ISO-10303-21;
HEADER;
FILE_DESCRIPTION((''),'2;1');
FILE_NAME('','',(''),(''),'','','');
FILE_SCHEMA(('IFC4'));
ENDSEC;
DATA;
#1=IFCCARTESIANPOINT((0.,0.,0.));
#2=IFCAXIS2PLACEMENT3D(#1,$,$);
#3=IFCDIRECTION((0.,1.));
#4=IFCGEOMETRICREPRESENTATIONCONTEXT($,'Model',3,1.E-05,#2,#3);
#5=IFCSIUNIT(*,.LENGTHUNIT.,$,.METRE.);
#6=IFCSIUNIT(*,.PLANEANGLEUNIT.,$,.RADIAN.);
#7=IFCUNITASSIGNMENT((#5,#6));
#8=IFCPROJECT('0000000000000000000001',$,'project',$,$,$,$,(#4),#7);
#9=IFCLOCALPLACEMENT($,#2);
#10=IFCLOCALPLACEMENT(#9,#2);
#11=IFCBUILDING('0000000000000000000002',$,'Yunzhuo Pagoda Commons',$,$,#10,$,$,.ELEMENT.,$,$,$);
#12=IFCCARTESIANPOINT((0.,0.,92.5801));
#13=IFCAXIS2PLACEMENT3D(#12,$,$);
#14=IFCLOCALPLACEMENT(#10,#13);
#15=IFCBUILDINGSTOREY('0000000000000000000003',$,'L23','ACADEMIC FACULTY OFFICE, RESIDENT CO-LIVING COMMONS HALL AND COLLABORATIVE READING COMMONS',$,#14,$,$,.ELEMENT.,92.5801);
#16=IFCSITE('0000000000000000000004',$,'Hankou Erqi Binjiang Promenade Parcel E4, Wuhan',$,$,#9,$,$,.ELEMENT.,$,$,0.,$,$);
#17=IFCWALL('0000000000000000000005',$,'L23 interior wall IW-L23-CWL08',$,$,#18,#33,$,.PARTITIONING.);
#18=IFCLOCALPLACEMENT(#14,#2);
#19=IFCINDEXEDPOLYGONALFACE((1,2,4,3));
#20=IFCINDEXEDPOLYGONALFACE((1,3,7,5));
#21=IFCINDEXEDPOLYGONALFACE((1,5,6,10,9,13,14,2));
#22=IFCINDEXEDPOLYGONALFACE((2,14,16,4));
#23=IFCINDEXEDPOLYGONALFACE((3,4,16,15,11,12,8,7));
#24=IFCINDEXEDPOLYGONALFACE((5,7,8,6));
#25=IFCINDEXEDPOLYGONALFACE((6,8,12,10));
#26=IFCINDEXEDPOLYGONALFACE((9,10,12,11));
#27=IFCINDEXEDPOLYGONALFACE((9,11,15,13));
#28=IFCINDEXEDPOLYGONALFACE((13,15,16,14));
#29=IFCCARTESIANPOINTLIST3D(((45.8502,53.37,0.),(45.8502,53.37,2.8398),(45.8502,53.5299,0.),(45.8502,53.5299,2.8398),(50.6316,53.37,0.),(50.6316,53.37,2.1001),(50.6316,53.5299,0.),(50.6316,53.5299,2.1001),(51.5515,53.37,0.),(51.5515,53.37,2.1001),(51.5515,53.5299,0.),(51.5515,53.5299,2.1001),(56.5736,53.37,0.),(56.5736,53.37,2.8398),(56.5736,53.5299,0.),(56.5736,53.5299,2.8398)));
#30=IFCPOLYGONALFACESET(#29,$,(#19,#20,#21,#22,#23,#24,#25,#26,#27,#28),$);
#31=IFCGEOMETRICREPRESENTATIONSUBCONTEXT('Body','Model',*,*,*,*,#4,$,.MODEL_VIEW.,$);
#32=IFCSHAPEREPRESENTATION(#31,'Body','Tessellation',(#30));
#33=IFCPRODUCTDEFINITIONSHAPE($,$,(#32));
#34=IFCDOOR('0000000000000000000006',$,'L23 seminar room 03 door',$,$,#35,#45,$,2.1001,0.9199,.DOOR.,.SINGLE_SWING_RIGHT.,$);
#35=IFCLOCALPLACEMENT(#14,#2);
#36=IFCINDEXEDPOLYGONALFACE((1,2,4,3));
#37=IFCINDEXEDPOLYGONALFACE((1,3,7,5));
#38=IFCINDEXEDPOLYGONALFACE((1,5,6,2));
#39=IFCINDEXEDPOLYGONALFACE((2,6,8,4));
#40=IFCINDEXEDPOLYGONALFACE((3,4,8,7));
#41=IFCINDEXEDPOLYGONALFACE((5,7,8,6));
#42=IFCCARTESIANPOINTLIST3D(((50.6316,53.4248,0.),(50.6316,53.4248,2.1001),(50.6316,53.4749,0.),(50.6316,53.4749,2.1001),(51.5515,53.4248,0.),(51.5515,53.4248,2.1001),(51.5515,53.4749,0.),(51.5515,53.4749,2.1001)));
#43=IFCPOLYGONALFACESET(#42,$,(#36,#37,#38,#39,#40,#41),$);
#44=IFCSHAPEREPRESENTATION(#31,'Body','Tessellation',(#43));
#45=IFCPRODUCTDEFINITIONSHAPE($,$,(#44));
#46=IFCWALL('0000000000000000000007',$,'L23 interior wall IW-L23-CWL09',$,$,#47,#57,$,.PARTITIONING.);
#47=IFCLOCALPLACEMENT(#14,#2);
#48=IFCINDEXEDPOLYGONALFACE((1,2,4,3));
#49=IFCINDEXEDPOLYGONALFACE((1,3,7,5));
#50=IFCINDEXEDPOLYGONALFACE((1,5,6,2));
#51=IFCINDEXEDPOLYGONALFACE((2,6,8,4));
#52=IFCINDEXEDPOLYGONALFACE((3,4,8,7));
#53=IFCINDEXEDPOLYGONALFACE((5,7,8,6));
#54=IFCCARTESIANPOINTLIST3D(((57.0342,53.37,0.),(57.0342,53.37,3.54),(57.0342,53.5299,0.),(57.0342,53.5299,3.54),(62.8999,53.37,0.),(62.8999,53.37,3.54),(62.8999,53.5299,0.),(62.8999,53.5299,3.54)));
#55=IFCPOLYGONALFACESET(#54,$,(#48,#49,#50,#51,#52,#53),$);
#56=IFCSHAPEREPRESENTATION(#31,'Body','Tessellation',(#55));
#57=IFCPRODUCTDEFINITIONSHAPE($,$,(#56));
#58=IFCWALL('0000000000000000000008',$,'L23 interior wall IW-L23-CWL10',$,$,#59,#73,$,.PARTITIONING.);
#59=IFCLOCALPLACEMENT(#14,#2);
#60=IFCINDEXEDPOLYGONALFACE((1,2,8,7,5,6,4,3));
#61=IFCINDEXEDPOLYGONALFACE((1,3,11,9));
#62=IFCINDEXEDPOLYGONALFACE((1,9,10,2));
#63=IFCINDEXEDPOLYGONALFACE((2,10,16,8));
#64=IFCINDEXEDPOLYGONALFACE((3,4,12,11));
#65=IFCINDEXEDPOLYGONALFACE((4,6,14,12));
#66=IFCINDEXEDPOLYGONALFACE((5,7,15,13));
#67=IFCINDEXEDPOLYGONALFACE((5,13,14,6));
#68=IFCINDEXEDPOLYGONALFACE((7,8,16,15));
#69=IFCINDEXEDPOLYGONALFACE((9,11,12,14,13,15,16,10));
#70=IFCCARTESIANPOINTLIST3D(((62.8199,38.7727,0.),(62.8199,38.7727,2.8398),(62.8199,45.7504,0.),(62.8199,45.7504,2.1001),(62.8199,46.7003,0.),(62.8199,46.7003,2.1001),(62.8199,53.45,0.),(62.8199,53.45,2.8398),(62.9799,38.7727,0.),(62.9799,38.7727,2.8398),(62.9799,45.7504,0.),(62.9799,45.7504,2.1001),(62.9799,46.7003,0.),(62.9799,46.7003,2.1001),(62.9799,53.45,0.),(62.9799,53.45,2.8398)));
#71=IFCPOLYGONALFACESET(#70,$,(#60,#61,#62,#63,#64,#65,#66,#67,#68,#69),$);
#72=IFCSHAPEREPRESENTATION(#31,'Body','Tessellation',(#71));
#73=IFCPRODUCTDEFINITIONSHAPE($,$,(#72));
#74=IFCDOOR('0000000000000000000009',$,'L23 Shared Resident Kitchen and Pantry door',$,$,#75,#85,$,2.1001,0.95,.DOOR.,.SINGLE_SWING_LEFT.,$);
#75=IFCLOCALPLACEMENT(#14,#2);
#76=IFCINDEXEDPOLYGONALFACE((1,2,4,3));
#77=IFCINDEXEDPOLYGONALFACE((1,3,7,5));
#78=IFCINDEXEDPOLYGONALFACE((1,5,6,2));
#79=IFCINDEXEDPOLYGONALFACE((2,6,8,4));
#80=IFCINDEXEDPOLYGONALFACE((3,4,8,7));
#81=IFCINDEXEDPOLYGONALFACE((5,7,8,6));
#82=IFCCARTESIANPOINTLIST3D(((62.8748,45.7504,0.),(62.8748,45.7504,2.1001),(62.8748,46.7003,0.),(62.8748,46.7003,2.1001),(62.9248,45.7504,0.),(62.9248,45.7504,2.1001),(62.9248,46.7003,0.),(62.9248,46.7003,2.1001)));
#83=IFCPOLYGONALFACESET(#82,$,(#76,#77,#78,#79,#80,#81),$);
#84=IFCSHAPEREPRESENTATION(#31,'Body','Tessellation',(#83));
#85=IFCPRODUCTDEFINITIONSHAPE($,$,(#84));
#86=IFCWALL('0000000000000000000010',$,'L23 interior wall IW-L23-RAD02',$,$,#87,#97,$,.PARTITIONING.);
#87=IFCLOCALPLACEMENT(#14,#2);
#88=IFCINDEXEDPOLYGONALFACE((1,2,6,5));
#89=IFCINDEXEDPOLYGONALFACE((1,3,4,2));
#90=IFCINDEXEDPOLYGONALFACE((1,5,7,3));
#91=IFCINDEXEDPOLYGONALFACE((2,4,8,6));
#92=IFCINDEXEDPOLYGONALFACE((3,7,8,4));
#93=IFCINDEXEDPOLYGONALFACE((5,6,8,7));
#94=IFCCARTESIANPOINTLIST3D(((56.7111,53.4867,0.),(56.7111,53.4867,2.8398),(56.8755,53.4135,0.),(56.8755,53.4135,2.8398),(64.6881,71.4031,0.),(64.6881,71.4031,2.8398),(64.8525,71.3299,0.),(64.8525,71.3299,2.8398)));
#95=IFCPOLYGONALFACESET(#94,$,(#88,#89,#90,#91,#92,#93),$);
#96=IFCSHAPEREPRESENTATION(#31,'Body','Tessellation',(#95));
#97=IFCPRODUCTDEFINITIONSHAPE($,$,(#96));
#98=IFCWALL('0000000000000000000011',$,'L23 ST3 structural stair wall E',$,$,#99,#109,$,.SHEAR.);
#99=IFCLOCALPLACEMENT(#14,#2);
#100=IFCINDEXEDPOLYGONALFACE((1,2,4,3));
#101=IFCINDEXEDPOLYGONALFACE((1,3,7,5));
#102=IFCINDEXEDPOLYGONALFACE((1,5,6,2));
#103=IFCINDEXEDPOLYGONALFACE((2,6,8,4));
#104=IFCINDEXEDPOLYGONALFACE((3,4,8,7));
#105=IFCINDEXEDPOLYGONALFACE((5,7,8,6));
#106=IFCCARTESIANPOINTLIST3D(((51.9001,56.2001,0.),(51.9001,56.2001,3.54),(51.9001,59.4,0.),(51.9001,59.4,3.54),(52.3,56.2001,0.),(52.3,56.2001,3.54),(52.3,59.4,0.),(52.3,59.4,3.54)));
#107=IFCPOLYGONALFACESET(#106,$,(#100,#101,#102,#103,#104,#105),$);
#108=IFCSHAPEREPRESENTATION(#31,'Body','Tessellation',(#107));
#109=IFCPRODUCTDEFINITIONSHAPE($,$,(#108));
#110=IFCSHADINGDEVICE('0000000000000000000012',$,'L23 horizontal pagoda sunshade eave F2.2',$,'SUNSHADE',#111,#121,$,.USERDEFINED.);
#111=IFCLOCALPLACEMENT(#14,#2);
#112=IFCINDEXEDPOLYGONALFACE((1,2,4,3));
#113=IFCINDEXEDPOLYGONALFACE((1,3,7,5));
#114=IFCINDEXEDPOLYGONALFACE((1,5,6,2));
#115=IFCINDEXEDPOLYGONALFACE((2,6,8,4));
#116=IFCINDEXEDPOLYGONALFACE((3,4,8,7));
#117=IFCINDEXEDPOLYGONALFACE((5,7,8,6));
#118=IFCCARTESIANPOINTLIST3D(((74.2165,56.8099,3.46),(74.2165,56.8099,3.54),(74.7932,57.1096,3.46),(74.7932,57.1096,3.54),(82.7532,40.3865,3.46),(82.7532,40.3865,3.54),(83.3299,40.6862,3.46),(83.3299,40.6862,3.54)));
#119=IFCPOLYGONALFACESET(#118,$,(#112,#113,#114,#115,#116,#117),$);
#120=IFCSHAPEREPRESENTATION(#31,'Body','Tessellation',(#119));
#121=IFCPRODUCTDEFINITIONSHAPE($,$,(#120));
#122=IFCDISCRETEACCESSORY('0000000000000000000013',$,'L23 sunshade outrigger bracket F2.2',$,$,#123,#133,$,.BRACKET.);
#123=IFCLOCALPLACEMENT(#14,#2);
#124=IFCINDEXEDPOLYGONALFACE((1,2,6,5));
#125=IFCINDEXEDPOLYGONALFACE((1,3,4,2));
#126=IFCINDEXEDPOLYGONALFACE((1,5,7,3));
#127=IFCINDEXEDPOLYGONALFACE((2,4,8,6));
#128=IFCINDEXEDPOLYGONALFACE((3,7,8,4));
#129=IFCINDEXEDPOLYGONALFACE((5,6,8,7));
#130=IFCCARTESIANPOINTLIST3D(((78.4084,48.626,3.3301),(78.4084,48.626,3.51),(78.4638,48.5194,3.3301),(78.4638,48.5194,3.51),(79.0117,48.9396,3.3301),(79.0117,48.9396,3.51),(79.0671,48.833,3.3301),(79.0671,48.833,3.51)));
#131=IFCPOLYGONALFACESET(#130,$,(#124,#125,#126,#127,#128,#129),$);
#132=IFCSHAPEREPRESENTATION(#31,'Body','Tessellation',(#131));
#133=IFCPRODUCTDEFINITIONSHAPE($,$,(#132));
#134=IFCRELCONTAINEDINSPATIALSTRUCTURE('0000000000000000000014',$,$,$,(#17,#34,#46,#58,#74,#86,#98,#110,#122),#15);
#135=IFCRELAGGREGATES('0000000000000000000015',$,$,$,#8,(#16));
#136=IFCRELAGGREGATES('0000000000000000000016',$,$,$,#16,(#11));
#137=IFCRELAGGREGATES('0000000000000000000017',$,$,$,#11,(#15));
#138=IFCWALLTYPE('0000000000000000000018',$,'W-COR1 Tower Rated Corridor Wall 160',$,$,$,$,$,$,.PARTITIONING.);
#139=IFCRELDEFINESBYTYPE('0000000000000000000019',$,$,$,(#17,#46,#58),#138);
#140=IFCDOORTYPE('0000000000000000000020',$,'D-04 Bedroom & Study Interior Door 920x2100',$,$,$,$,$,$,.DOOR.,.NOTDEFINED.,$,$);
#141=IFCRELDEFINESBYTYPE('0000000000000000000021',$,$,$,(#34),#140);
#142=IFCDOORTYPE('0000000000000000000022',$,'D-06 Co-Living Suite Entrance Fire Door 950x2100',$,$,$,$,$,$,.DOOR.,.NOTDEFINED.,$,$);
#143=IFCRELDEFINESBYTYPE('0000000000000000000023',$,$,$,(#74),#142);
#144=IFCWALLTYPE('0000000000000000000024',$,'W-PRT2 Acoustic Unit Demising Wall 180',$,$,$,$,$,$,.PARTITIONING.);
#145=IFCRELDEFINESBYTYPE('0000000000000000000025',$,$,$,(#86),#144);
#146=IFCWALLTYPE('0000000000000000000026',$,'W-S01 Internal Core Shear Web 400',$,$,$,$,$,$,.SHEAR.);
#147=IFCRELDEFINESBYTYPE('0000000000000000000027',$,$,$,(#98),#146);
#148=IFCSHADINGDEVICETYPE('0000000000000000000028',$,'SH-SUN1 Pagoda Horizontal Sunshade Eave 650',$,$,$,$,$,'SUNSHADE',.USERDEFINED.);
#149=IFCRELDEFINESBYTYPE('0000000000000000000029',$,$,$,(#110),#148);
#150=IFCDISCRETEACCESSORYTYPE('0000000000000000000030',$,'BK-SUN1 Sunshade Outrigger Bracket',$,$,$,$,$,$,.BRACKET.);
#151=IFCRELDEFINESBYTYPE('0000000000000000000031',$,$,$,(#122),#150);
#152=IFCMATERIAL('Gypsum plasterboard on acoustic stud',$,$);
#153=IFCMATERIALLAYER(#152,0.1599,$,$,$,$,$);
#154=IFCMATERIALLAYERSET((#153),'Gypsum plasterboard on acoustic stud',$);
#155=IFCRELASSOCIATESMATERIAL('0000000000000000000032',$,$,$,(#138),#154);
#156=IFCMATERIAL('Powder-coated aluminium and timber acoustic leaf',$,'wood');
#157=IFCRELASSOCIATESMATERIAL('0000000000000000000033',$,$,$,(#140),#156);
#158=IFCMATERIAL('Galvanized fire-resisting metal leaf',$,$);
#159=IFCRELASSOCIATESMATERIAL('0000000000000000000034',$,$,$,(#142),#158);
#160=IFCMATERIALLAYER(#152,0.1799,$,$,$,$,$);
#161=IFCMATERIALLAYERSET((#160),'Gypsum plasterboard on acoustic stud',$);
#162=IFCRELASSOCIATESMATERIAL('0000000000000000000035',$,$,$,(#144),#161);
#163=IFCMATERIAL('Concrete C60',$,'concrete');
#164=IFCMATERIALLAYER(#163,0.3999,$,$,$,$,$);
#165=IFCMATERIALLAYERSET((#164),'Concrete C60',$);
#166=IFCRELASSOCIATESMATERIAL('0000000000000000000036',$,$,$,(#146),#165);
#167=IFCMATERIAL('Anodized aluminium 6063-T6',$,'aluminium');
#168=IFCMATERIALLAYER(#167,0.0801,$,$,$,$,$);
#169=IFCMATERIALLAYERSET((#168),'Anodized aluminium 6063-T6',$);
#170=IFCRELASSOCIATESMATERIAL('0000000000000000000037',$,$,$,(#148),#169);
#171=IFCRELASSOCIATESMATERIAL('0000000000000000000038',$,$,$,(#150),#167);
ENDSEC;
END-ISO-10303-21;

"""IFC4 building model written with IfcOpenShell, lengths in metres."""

from ifc_helpers import new_model, si_unit, direction, frame, frame_2d, origin, origin_with_axes, origin_2d, place, context, subcontext, project, spatial, rectangle, extrude, source, transform, mapped, material, layer, layer_set, type_object, element, fill, save


model = new_model("IFC4")

# Units and contexts
model_context = context("Model", 3, precision=1e-05, world=origin(), true_north=direction((0.0, 1.0)))
body_context = subcontext(model_context, "Body", "Model", "MODEL_VIEW")
ifc_project = project(units=[si_unit("LENGTHUNIT", "METRE"), si_unit("PLANEANGLEUNIT", "RADIAN")], contexts=[model_context])

# Site, building, storey
site_placement = place(None, origin())
site = spatial("IfcSite", under=ifc_project, at=site_placement, Name="Hankou Erqi Binjiang Promenade Parcel E4, Wuhan", CompositionType="ELEMENT", RefElevation=0.0)
building_placement = place(site_placement, origin())
building = spatial("IfcBuilding", under=site, at=building_placement, Name="Yunzhuo Pagoda Commons", CompositionType="ELEMENT")
storey_placement = place(building_placement, frame((0.0, 0.0, 92.5801)))
storey = spatial("IfcBuildingStorey", under=building, at=storey_placement, Name="L23", Description="ACADEMIC FACULTY OFFICE, RESIDENT CO-LIVING COMMONS HALL AND COLLABORATIVE READING COMMONS", CompositionType="ELEMENT", Elevation=92.5801)

# Shared definitions
ifc_material_1 = material(Name="Anodized aluminium 6063-T6", Category="aluminium")

# Shared definitions
ifc_material_2 = material(Name="Gypsum plasterboard on acoustic stud")
ifc_layer_1 = layer(ifc_material_2, 0.1599)
ifc_layer_set_1 = layer_set([ifc_layer_1], Name="Gypsum plasterboard on acoustic stud")
wall_type_1 = type_object("IfcWallType", Name="W-COR1 Tower Rated Corridor Wall 160", PredefinedType="PARTITIONING", material=ifc_layer_set_1)

# Wall, opening, door
wall_1_placement = place(storey_placement, frame((45.8501, 53.45, 0.0), z_axis=(0.0, 0.0, 1.0), x_axis=(1.0, 0.0, 0.0)))
wall_1 = element("IfcWall", 1, at=wall_1_placement, inside=storey, type_object=wall_type_1, Name="L23 interior wall IW-L23-CWL08", PredefinedType="PARTITIONING", context=body_context, shape_type="SweptSolid", body=[
    extrude(rectangle(XDim=10.7234, YDim=0.1599, at=frame_2d((5.3618, 0.0))), origin(), (0.0, 0.0, 1.0), 2.8398),
])
opening_1_placement = place(wall_1_placement, frame((4.7815, 0.0, 0.0)))
opening_1 = element("IfcOpeningElement", 2, at=opening_1_placement, cuts=wall_1, PredefinedType="OPENING", context=body_context, shape_type="SweptSolid", body=[
    extrude(rectangle(XDim=0.9199, YDim=2.1001, at=frame_2d((0.46, 1.05))), frame((0.0, 0.0898, 0.0), z_axis=(0.0, -1.0, 0.0), x_axis=(1.0, 0.0, 0.0)), (0.0, 0.0, 1.0), 0.1799),
])
ifc_material_3 = material(Name="Powder-coated aluminium and timber acoustic leaf", Category="wood")
door_type_1 = type_object("IfcDoorType", Name="D-04 Bedroom & Study Interior Door 920x2100", OperationType="NOTDEFINED", PredefinedType="DOOR", material=ifc_material_3)
shared_shape_1 = source(origin(), body_context, "Body", "SweptSolid", [
    extrude(rectangle(XDim=0.9199, YDim=2.1001, at=frame_2d((0.46, 1.05))), frame((0.0, 0.0249, 0.0), z_axis=(0.0, -1.0, 0.0), x_axis=(1.0, 0.0, 0.0)), (0.0, 0.0, 1.0), 0.05),
])
door_1_placement = place(opening_1_placement, origin_with_axes())
door_1 = element("IfcDoor", 3, at=door_1_placement, inside=storey, type_object=door_type_1, Name="L23 seminar room 03 door", OperationType="SINGLE_SWING_RIGHT", OverallHeight=2.1001, OverallWidth=0.9199, PredefinedType="DOOR", context=body_context, shape_type="MappedRepresentation", body=[
    mapped(shared_shape_1, transform((0.0, 0.0, 0.0), scale=1.0)),
])
fill(opening_1, door_1)

# Wall
wall_2_placement = place(storey_placement, frame((57.0342, 53.45, 0.0), z_axis=(0.0, 0.0, 1.0), x_axis=(1.0, 0.0, 0.0)))
element("IfcWall", 4, at=wall_2_placement, inside=storey, type_object=wall_type_1, Name="L23 interior wall IW-L23-CWL09", PredefinedType="PARTITIONING", context=body_context, shape_type="SweptSolid", body=[
    extrude(rectangle(XDim=5.8657, YDim=0.1599, at=frame_2d((2.9329, 0.0))), origin(), (0.0, 0.0, 1.0), 3.54),
])

# Wall, opening, door
wall_3_placement = place(storey_placement, frame((62.8999, 53.45, 0.0), z_axis=(0.0, 0.0, 1.0), x_axis=(0.0, -1.0, 0.0)))
wall_3 = element("IfcWall", 5, at=wall_3_placement, inside=storey, type_object=wall_type_1, Name="L23 interior wall IW-L23-CWL10", PredefinedType="PARTITIONING", context=body_context, shape_type="SweptSolid", body=[
    extrude(rectangle(XDim=14.6772, YDim=0.1599, at=frame_2d((7.3386, 0.0))), origin(), (0.0, 0.0, 1.0), 2.8398),
])
opening_2_placement = place(wall_3_placement, frame((6.7495, 0.0, 0.0)))
opening_2 = element("IfcOpeningElement", 6, at=opening_2_placement, cuts=wall_3, PredefinedType="OPENING", context=body_context, shape_type="SweptSolid", body=[
    extrude(rectangle(XDim=0.95, YDim=2.1001, at=frame_2d((0.4751, 1.05))), frame((0.0, 0.0898, 0.0), z_axis=(0.0, -1.0, 0.0), x_axis=(1.0, 0.0, 0.0)), (0.0, 0.0, 1.0), 0.1799),
])
ifc_material_4 = material(Name="Galvanized fire-resisting metal leaf")
door_type_2 = type_object("IfcDoorType", Name="D-06 Co-Living Suite Entrance Fire Door 950x2100", OperationType="NOTDEFINED", PredefinedType="DOOR", material=ifc_material_4)
shared_shape_2 = source(origin(), body_context, "Body", "SweptSolid", [
    extrude(rectangle(XDim=0.95, YDim=2.1001, at=frame_2d((0.4751, 1.05))), frame((0.0, 0.0249, 0.0), z_axis=(0.0, -1.0, 0.0), x_axis=(1.0, 0.0, 0.0)), (0.0, 0.0, 1.0), 0.05),
])
door_2_placement = place(opening_2_placement, origin_with_axes())
door_2 = element("IfcDoor", 7, at=door_2_placement, inside=storey, type_object=door_type_2, Name="L23 Shared Resident Kitchen and Pantry door", OperationType="SINGLE_SWING_LEFT", OverallHeight=2.1001, OverallWidth=0.95, PredefinedType="DOOR", context=body_context, shape_type="MappedRepresentation", body=[
    mapped(shared_shape_2, transform((0.0, 0.0, 0.0), scale=1.0)),
])
fill(opening_2, door_2)

# Walls
ifc_layer_2 = layer(ifc_material_2, 0.1799)
ifc_layer_set_2 = layer_set([ifc_layer_2], Name="Gypsum plasterboard on acoustic stud")
wall_type_2 = type_object("IfcWallType", Name="W-PRT2 Acoustic Unit Demising Wall 180", PredefinedType="PARTITIONING", material=ifc_layer_set_2)
wall_4_placement = place(storey_placement, frame((56.7932, 53.45, 0.0), z_axis=(0.0, 0.0, 1.0), x_axis=(0.406741, 0.913543, 0.0)))
element("IfcWall", 8, at=wall_4_placement, inside=storey, type_object=wall_type_2, Name="L23 interior wall IW-L23-RAD02", PredefinedType="PARTITIONING", context=body_context, shape_type="SweptSolid", body=[
    extrude(rectangle(XDim=19.6121, YDim=0.1799, at=frame_2d((9.8062, 0.0))), origin(), (0.0, 0.0, 1.0), 2.8398),
])
ifc_material_5 = material(Name="Concrete C60", Category="concrete")
ifc_layer_3 = layer(ifc_material_5, 0.3999)
ifc_layer_set_3 = layer_set([ifc_layer_3], Name="Concrete C60")
wall_type_3 = type_object("IfcWallType", Name="W-S01 Internal Core Shear Web 400", PredefinedType="SHEAR", material=ifc_layer_set_3)
wall_5_placement = place(storey_placement, frame((52.1001, 56.2, 0.0), z_axis=(0.0, 0.0, 1.0), x_axis=(0.0, 1.0, 0.0)))
element("IfcWall", 9, at=wall_5_placement, inside=storey, type_object=wall_type_3, Name="L23 ST3 structural stair wall E", PredefinedType="SHEAR", context=body_context, shape_type="SweptSolid", body=[
    extrude(rectangle(XDim=3.2, YDim=0.3999, at=frame_2d((1.6001, 0.0))), origin(), (0.0, 0.0, 1.0), 3.54),
])

# Shading device
ifc_layer_4 = layer(ifc_material_1, 0.0801)
ifc_layer_set_4 = layer_set([ifc_layer_4], Name="Anodized aluminium 6063-T6")
shading_device_type = type_object("IfcShadingDeviceType", Name="SH-SUN1 Pagoda Horizontal Sunshade Eave 650", ElementType="SUNSHADE", PredefinedType="USERDEFINED", material=ifc_layer_set_4)
shared_shape_3 = source(origin(), body_context, "Body", "SweptSolid", [
    extrude(rectangle(XDim=18.5095, YDim=0.6499, at=origin_2d()), origin(), (0.0, 0.0, 1.0), 0.0801),
])
shading_device_placement = place(storey_placement, frame((78.7732, 48.748, 3.46), z_axis=(0.0, 0.0, 1.0), x_axis=(-0.461207, 0.887293, 0.0)))
element("IfcShadingDevice", 10, at=shading_device_placement, inside=storey, type_object=shading_device_type, Name="L23 horizontal pagoda sunshade eave F2.2", ObjectType="SUNSHADE", PredefinedType="USERDEFINED", context=body_context, shape_type="MappedRepresentation", body=[
    mapped(shared_shape_3, transform((0.0, 0.0, 0.0), scale=1.0)),
])

# Discrete accessory
discrete_accessory_type = type_object("IfcDiscreteAccessoryType", Name="BK-SUN1 Sunshade Outrigger Bracket", PredefinedType="BRACKET", material=ifc_material_1)
shared_shape_4 = source(origin(), body_context, "Body", "SweptSolid", [
    extrude(rectangle(XDim=0.1201, YDim=0.6799, at=origin_2d()), origin(), (0.0, 0.0, 1.0), 0.1799),
])
discrete_accessory_placement = place(storey_placement, frame((78.7378, 48.7295, 3.3301), z_axis=(0.0, 0.0, 1.0), x_axis=(-0.461207, 0.887293, 0.0)))
element("IfcDiscreteAccessory", 11, at=discrete_accessory_placement, inside=storey, type_object=discrete_accessory_type, Name="L23 sunshade outrigger bracket F2.2", PredefinedType="BRACKET", context=body_context, shape_type="MappedRepresentation", body=[
    mapped(shared_shape_4, transform((0.0, 0.0, 0.0), scale=1.0)),
])

save(model, "model.ifc")
